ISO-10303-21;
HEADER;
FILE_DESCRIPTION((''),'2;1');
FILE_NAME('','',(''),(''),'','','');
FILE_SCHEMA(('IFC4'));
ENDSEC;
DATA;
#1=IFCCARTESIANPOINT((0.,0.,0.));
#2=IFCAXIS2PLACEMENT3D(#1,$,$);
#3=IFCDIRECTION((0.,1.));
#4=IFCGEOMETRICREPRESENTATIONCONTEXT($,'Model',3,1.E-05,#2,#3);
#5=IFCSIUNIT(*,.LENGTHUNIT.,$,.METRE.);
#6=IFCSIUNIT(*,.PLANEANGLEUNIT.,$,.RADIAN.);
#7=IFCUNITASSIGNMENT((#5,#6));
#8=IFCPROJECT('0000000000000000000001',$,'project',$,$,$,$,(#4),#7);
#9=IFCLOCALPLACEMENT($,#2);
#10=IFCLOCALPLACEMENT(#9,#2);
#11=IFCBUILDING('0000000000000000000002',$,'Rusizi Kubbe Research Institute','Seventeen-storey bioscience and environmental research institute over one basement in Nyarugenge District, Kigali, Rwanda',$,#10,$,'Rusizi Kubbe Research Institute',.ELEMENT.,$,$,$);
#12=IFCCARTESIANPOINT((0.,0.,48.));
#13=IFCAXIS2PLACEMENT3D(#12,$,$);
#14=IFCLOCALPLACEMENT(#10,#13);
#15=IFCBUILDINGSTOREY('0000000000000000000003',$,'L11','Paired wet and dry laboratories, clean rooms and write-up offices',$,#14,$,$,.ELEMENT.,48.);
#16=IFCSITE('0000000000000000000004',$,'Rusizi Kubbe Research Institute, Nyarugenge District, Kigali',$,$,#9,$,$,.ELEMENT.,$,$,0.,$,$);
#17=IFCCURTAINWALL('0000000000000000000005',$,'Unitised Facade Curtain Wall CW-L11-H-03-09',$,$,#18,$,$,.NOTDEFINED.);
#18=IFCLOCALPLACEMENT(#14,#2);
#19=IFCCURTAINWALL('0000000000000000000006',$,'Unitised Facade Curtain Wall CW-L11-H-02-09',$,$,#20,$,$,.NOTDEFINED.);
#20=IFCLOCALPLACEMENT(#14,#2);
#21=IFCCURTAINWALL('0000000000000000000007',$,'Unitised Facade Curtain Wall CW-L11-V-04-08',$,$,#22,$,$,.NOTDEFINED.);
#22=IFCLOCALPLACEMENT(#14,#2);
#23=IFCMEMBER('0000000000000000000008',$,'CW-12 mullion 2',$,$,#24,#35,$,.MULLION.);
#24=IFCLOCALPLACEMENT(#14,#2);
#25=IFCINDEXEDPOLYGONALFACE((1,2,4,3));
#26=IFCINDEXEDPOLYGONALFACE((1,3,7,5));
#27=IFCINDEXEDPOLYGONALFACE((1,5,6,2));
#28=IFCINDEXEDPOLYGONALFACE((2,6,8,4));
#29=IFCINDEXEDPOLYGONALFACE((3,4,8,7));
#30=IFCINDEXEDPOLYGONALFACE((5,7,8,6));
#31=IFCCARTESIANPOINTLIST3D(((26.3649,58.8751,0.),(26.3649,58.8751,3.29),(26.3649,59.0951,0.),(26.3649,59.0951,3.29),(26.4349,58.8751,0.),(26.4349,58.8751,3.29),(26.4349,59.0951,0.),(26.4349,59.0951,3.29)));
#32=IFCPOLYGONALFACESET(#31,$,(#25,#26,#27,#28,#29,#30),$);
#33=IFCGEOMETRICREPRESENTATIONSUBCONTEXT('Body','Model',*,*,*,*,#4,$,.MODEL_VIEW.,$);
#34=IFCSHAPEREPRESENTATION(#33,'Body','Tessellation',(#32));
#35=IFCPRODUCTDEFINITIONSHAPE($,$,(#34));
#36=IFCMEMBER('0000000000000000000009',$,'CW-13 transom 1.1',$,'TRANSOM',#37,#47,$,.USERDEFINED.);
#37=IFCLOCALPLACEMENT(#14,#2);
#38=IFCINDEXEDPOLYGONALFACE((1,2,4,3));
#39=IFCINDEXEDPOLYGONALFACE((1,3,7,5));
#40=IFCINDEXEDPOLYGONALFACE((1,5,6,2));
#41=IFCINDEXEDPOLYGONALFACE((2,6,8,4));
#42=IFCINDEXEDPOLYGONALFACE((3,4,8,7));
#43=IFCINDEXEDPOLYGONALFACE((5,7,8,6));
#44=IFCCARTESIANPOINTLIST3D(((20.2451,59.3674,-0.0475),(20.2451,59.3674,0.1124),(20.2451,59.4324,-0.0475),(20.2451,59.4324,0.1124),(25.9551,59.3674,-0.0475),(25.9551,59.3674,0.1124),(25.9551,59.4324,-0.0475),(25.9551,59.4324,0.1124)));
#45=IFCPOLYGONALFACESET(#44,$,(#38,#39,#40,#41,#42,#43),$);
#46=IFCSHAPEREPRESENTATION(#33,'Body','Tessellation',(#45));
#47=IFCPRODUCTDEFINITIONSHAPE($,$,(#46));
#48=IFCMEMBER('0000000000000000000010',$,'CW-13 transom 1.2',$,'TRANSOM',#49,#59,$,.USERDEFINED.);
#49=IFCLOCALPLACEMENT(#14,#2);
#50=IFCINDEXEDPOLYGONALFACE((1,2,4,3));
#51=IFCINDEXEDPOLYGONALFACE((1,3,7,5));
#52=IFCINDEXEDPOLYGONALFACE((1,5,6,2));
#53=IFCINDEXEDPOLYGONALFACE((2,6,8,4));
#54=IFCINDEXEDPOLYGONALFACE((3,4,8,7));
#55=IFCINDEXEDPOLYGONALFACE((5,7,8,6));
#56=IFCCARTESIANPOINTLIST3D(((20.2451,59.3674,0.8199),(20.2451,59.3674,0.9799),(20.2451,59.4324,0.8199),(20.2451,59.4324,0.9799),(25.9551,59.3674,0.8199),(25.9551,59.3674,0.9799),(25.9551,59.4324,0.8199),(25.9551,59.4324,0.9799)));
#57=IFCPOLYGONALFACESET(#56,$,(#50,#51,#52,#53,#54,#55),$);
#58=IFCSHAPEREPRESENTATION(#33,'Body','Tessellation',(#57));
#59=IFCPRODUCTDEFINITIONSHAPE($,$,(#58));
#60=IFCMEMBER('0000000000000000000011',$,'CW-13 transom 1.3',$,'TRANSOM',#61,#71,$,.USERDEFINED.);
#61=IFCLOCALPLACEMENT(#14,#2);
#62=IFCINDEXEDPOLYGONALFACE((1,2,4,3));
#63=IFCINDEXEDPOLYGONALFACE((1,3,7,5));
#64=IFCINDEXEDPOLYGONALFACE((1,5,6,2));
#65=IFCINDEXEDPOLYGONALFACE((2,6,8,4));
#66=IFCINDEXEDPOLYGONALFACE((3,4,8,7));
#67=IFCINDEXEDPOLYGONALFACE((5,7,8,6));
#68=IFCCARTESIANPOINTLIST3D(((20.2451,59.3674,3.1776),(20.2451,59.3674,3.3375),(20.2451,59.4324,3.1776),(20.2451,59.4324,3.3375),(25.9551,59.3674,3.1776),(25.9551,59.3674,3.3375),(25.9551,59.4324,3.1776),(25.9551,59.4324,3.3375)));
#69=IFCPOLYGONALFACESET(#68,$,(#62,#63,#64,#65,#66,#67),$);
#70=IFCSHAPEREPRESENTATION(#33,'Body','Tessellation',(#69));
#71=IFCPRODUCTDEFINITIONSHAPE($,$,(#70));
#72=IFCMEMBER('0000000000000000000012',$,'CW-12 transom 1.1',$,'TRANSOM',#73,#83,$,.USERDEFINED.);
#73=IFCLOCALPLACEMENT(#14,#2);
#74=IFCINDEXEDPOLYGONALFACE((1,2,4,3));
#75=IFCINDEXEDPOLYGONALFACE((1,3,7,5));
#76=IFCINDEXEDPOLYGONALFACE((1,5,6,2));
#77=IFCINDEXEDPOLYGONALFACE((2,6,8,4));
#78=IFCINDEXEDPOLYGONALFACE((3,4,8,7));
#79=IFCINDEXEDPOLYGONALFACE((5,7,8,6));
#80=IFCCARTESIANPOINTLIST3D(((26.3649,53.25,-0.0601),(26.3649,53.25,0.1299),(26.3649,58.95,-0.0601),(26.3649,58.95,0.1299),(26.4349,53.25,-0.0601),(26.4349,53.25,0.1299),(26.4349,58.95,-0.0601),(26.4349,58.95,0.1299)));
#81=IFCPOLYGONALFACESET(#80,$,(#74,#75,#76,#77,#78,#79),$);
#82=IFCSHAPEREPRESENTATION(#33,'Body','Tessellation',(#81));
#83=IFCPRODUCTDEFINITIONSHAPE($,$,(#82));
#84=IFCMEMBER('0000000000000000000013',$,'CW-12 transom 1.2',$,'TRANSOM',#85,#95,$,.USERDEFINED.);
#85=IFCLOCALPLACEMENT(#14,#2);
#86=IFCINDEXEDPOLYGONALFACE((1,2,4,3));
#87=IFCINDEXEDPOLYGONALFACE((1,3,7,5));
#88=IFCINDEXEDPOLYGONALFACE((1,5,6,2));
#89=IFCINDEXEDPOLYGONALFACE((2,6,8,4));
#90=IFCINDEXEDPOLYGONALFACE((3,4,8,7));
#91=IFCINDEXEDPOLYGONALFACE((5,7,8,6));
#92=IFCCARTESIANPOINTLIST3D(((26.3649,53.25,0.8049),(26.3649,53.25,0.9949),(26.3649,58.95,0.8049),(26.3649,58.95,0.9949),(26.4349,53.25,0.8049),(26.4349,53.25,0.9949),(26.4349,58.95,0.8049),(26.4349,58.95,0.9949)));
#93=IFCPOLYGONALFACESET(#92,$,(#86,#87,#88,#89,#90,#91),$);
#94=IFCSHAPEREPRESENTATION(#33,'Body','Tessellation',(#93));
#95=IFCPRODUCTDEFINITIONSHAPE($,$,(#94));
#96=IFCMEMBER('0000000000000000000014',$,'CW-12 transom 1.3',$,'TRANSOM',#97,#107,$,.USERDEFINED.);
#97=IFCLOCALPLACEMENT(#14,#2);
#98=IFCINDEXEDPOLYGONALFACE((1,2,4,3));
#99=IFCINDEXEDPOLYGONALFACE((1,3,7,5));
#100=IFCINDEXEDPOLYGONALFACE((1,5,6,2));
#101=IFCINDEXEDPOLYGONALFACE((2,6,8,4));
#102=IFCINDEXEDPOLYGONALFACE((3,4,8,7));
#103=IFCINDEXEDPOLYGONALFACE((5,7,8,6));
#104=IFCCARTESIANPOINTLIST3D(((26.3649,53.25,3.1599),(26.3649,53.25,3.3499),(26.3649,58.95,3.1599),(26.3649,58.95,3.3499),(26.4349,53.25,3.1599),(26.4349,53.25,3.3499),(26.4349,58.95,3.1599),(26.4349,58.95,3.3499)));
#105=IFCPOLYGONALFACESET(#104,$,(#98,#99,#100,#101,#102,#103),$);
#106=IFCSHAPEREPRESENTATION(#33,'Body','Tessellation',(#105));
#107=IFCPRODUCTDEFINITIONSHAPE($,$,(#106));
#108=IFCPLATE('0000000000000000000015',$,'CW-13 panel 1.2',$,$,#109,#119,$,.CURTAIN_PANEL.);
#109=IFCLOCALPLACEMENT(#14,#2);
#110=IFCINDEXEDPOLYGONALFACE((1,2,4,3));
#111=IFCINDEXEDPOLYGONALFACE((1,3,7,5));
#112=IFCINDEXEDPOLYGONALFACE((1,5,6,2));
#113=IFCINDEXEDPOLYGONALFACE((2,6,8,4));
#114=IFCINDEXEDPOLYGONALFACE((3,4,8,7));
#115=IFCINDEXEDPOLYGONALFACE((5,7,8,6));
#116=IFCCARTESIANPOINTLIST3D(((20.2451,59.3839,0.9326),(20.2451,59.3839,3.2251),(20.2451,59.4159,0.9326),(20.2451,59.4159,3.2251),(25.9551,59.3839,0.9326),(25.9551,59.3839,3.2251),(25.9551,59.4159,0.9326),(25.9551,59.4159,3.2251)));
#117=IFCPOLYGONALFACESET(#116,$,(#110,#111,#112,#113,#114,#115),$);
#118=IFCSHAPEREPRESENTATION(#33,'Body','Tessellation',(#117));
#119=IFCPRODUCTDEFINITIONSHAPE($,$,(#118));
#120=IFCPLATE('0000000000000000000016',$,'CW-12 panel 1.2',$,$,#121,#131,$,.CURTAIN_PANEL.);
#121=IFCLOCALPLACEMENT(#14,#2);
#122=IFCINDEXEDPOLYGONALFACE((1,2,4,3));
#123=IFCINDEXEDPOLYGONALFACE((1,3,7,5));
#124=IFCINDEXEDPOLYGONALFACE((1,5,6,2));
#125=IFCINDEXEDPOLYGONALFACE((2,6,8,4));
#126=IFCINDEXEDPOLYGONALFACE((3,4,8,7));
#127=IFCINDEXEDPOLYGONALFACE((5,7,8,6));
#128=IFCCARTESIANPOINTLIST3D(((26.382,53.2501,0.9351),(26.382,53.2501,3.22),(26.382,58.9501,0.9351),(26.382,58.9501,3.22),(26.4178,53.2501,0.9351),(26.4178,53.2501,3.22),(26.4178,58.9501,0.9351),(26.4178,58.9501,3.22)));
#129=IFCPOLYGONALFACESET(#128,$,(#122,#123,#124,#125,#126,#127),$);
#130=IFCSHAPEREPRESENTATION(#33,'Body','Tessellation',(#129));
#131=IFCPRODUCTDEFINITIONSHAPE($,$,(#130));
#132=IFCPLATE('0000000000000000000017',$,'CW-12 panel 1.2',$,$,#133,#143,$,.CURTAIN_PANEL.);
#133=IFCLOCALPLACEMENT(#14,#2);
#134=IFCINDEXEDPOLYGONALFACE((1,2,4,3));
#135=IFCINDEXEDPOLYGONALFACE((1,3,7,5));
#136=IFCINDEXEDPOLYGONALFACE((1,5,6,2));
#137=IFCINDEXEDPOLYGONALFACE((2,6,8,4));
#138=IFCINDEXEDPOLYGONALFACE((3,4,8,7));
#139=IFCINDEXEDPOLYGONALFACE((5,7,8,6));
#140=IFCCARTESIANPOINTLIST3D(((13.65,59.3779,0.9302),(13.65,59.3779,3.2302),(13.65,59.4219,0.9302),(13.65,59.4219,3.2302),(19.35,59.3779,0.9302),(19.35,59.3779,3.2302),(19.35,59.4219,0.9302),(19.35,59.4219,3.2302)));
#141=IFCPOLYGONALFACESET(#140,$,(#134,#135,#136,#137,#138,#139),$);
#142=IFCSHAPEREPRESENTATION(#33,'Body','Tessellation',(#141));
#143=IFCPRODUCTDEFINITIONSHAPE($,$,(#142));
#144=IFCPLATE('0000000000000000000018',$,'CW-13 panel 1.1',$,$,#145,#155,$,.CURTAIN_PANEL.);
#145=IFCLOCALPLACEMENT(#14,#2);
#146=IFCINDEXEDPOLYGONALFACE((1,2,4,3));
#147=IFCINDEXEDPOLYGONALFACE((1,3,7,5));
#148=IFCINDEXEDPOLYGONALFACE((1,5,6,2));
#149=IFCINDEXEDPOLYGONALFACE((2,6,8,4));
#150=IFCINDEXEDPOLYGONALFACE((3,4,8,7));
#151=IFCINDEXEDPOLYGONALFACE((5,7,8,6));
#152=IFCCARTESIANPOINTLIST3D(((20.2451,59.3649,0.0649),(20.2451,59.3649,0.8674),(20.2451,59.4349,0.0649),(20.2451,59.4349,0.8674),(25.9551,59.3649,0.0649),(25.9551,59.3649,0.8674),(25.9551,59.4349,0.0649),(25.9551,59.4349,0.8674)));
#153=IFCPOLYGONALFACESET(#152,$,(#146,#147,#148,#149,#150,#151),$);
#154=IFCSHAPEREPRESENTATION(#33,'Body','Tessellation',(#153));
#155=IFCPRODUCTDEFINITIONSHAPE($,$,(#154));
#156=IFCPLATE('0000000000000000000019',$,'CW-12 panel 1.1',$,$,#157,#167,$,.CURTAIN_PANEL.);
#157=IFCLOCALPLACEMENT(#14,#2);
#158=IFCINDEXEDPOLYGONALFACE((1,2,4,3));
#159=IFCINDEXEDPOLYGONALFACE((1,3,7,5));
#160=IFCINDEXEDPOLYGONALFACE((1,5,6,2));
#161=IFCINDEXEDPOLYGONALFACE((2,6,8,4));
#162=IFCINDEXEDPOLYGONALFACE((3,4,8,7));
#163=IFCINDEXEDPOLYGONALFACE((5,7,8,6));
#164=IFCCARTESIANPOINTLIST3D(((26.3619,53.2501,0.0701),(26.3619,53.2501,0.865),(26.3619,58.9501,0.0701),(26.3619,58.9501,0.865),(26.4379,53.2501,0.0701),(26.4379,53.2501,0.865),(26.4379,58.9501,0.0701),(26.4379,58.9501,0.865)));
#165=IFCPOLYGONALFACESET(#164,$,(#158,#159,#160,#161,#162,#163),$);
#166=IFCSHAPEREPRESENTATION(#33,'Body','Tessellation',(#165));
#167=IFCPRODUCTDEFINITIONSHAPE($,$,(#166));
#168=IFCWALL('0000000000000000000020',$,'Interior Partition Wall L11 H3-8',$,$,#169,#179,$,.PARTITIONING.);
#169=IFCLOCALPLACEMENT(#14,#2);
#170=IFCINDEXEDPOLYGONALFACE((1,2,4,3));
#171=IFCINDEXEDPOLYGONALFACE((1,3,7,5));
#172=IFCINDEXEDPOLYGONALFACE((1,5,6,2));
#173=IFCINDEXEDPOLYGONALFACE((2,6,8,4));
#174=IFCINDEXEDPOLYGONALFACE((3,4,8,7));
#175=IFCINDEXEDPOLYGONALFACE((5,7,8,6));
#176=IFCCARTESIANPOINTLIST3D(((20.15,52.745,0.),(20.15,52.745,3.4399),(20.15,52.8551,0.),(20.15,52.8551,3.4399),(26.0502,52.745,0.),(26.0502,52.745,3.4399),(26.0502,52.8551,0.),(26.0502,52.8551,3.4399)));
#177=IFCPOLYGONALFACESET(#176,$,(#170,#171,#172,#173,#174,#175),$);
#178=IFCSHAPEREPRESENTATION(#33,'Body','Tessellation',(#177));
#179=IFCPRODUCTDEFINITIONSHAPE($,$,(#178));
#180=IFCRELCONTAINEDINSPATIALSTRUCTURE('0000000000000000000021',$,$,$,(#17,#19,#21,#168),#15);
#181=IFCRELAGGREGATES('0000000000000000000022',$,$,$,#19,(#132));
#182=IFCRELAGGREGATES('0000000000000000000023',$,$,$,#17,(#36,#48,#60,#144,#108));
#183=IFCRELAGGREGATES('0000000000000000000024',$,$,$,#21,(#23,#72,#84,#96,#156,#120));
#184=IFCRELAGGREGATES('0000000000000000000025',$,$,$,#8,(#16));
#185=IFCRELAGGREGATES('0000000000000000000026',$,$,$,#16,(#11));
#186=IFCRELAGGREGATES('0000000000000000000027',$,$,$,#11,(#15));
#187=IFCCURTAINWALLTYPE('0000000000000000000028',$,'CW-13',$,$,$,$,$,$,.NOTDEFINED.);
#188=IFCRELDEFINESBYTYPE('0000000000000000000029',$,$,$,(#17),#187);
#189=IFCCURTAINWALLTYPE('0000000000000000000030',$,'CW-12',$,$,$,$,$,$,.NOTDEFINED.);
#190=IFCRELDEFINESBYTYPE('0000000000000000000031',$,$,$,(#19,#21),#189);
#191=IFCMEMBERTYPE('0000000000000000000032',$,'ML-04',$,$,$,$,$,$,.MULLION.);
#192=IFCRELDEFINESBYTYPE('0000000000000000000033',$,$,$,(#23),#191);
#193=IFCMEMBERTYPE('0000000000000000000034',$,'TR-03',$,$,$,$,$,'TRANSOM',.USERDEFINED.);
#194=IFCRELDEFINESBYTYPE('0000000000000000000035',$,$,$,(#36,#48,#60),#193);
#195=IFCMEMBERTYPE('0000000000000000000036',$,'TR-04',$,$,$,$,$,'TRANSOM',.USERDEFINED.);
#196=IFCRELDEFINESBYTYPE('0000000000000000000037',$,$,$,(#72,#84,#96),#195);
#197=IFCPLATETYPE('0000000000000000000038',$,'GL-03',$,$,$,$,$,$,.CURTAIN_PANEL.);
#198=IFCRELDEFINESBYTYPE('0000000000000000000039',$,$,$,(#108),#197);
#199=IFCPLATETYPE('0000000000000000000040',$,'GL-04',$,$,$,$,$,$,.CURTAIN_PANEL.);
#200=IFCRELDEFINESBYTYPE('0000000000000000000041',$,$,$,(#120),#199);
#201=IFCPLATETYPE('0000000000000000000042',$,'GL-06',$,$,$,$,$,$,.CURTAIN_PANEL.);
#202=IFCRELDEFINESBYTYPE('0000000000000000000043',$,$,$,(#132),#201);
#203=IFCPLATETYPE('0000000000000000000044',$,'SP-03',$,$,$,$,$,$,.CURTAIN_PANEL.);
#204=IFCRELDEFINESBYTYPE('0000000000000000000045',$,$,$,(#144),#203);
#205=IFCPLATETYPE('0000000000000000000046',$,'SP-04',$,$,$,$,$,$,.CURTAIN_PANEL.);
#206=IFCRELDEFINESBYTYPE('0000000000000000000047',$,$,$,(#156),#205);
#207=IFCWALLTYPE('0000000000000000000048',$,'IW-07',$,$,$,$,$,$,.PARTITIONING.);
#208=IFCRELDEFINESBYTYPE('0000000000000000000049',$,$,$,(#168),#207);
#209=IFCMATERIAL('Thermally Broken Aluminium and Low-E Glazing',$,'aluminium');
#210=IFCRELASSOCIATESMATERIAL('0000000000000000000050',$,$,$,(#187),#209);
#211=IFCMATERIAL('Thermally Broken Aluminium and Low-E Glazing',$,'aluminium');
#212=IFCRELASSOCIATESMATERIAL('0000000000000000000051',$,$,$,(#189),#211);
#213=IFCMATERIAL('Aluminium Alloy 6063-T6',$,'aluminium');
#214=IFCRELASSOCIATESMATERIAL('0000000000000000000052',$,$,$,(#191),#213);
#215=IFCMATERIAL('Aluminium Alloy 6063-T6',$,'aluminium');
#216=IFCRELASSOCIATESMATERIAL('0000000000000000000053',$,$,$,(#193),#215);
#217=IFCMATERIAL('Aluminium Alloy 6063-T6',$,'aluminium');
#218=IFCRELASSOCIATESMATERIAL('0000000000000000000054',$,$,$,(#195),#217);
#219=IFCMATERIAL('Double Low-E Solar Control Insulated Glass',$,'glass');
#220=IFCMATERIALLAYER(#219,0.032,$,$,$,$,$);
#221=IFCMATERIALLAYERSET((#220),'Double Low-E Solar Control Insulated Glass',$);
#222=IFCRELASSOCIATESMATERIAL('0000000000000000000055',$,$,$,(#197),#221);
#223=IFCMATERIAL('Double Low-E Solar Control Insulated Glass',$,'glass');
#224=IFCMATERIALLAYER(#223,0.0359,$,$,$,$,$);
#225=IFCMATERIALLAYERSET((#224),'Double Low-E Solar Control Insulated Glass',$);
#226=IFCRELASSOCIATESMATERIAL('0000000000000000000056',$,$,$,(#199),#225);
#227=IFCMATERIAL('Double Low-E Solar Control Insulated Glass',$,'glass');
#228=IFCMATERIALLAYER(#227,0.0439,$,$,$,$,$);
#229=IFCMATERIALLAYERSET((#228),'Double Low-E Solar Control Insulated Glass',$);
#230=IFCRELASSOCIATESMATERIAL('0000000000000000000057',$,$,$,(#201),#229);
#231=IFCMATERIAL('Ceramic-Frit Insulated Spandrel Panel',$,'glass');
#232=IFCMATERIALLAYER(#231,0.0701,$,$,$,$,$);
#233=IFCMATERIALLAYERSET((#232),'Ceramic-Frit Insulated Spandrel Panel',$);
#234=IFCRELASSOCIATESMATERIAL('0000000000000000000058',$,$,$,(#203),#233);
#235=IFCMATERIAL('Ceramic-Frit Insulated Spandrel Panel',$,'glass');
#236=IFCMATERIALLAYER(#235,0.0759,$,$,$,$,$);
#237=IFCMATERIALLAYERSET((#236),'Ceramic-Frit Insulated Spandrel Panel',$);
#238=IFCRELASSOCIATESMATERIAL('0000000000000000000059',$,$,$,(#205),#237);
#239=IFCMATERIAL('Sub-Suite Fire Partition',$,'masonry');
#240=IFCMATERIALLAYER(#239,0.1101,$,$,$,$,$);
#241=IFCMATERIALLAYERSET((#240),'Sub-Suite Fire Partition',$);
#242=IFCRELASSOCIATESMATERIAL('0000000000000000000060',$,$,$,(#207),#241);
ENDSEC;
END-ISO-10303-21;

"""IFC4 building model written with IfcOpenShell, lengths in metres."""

from ifc_helpers import new_model, si_unit, direction, frame, frame_2d, origin, origin_2d, place, context, subcontext, project, spatial, rectangle, extrude, material, layer, layer_set, material_profile, profile_set, type_object, element, aggregate, save


model = new_model("IFC4")

# Units and contexts
model_context = context("Model", 3, precision=1e-05, world=origin(), true_north=direction((0.0, 1.0)))
body_context = subcontext(model_context, "Body", "Model", "MODEL_VIEW")
ifc_project = project(units=[si_unit("LENGTHUNIT", "METRE"), si_unit("PLANEANGLEUNIT", "RADIAN")], contexts=[model_context])

# Site, building, storey
site_placement = place(None, origin())
site = spatial("IfcSite", under=ifc_project, at=site_placement, Name="Rusizi Kubbe Research Institute, Nyarugenge District, Kigali", CompositionType="ELEMENT", RefElevation=0.0)
building_placement = place(site_placement, origin())
building = spatial("IfcBuilding", under=site, at=building_placement, Name="Rusizi Kubbe Research Institute", Description="Seventeen-storey bioscience and environmental research institute over one basement in Nyarugenge District, Kigali, Rwanda", LongName="Rusizi Kubbe Research Institute", CompositionType="ELEMENT")
storey_placement = place(building_placement, frame((0.0, 0.0, 48.0)))
storey = spatial("IfcBuildingStorey", under=building, at=storey_placement, Name="L11", Description="Paired wet and dry laboratories, clean rooms and write-up offices", CompositionType="ELEMENT", Elevation=48.0)

# Curtain wall
ifc_material_1 = material(Name="Thermally Broken Aluminium and Low-E Glazing", Category="aluminium")
curtain_wall_type_1 = type_object("IfcCurtainWallType", Name="CW-13", PredefinedType="NOTDEFINED", material=ifc_material_1)
curtain_wall_1_placement = place(storey_placement, origin())
curtain_wall_1 = element("IfcCurtainWall", 1, at=curtain_wall_1_placement, inside=storey, type_object=curtain_wall_type_1, Name="Unitised Facade Curtain Wall CW-L11-H-03-09", PredefinedType="NOTDEFINED")

# Curtain wall
ifc_material_2 = material(Name="Thermally Broken Aluminium and Low-E Glazing", Category="aluminium")
curtain_wall_type_2 = type_object("IfcCurtainWallType", Name="CW-12", PredefinedType="NOTDEFINED", material=ifc_material_2)
curtain_wall_2_placement = place(storey_placement, origin())
curtain_wall_2 = element("IfcCurtainWall", 2, at=curtain_wall_2_placement, inside=storey, type_object=curtain_wall_type_2, Name="Unitised Facade Curtain Wall CW-L11-H-02-09", PredefinedType="NOTDEFINED")
ifc_material_3 = material(Name="Aluminium Alloy 6063-T6", Category="aluminium")
ifc_material_profile_1 = material_profile(ifc_material_3, rectangle(XDim=0.0701, YDim=0.22, at=origin_2d()), Name="ALU-M 70x220")
ifc_profile_set_1 = profile_set([ifc_material_profile_1], Name="Aluminium Alloy 6063-T6")
member_type_1 = type_object("IfcMemberType", Name="ML-04", PredefinedType="MULLION", material=ifc_profile_set_1)

# Curtain wall, member
curtain_wall_3_placement = place(storey_placement, origin())
curtain_wall_3 = element("IfcCurtainWall", 3, at=curtain_wall_3_placement, inside=storey, type_object=curtain_wall_type_2, Name="Unitised Facade Curtain Wall CW-L11-V-04-08", PredefinedType="NOTDEFINED")
member_1_placement = place(storey_placement, frame((26.3999, 58.9851, 0.0), z_axis=(0.0, 0.0, 1.0), x_axis=(-1.0, 0.0, 0.0)))
member_1 = element("IfcMember", 4, at=member_1_placement, type_object=member_type_1, Name="CW-12 mullion 2", PredefinedType="MULLION", context=body_context, shape_type="SweptSolid", body=[
    extrude(rectangle(XDim=0.0701, YDim=0.22, at=origin_2d()), origin(), (0.0, 0.0, 1.0), 3.29),
])

# Members
ifc_material_4 = material(Name="Aluminium Alloy 6063-T6", Category="aluminium")
ifc_material_profile_2 = material_profile(ifc_material_4, rectangle(XDim=0.0649, YDim=0.1599, at=origin_2d()), Name="ALU-T 65x160")
ifc_profile_set_2 = profile_set([ifc_material_profile_2], Name="Aluminium Alloy 6063-T6")
member_type_2 = type_object("IfcMemberType", Name="TR-03", ElementType="TRANSOM", PredefinedType="USERDEFINED", material=ifc_profile_set_2)
member_2_placement = place(storey_placement, frame((20.2451, 59.3999, 0.0325), z_axis=(1.0, 0.0, 0.0), x_axis=(0.0, 1.0, 0.0)))
member_2 = element("IfcMember", 5, at=member_2_placement, type_object=member_type_2, Name="CW-13 transom 1.1", ObjectType="TRANSOM", PredefinedType="USERDEFINED", context=body_context, shape_type="SweptSolid", body=[
    extrude(rectangle(XDim=0.0649, YDim=0.1599, at=origin_2d()), origin(), (0.0, 0.0, 1.0), 5.71),
])
member_3_placement = place(storey_placement, frame((20.2451, 59.3999, 0.8999), z_axis=(1.0, 0.0, 0.0), x_axis=(0.0, 1.0, 0.0)))
member_3 = element("IfcMember", 6, at=member_3_placement, type_object=member_type_2, Name="CW-13 transom 1.2", ObjectType="TRANSOM", PredefinedType="USERDEFINED", context=body_context, shape_type="SweptSolid", body=[
    extrude(rectangle(XDim=0.0649, YDim=0.1599, at=origin_2d()), origin(), (0.0, 0.0, 1.0), 5.71),
])
member_4_placement = place(storey_placement, frame((20.2451, 59.3999, 3.2576), z_axis=(1.0, 0.0, 0.0), x_axis=(0.0, 1.0, 0.0)))
member_4 = element("IfcMember", 7, at=member_4_placement, type_object=member_type_2, Name="CW-13 transom 1.3", ObjectType="TRANSOM", PredefinedType="USERDEFINED", context=body_context, shape_type="SweptSolid", body=[
    extrude(rectangle(XDim=0.0649, YDim=0.1599, at=origin_2d()), origin(), (0.0, 0.0, 1.0), 5.71),
])
ifc_material_5 = material(Name="Aluminium Alloy 6063-T6", Category="aluminium")
ifc_material_profile_3 = material_profile(ifc_material_5, rectangle(XDim=0.0701, YDim=0.1899, at=origin_2d()), Name="ALU-T 70x190")
ifc_profile_set_3 = profile_set([ifc_material_profile_3], Name="Aluminium Alloy 6063-T6")
member_type_3 = type_object("IfcMemberType", Name="TR-04", ElementType="TRANSOM", PredefinedType="USERDEFINED", material=ifc_profile_set_3)
member_5_placement = place(storey_placement, frame((26.3999, 53.25, 0.0349), z_axis=(0.0, 1.0, 0.0), x_axis=(-1.0, 0.0, 0.0)))
member_5 = element("IfcMember", 8, at=member_5_placement, type_object=member_type_3, Name="CW-12 transom 1.1", ObjectType="TRANSOM", PredefinedType="USERDEFINED", context=body_context, shape_type="SweptSolid", body=[
    extrude(rectangle(XDim=0.0701, YDim=0.1899, at=origin_2d()), origin(), (0.0, 0.0, 1.0), 5.7),
])
member_6_placement = place(storey_placement, frame((26.3999, 53.25, 0.8999), z_axis=(0.0, 1.0, 0.0), x_axis=(-1.0, 0.0, 0.0)))
member_6 = element("IfcMember", 9, at=member_6_placement, type_object=member_type_3, Name="CW-12 transom 1.2", ObjectType="TRANSOM", PredefinedType="USERDEFINED", context=body_context, shape_type="SweptSolid", body=[
    extrude(rectangle(XDim=0.0701, YDim=0.1899, at=origin_2d()), origin(), (0.0, 0.0, 1.0), 5.7),
])
member_7_placement = place(storey_placement, frame((26.3999, 53.25, 3.2549), z_axis=(0.0, 1.0, 0.0), x_axis=(-1.0, 0.0, 0.0)))
member_7 = element("IfcMember", 10, at=member_7_placement, type_object=member_type_3, Name="CW-12 transom 1.3", ObjectType="TRANSOM", PredefinedType="USERDEFINED", context=body_context, shape_type="SweptSolid", body=[
    extrude(rectangle(XDim=0.0701, YDim=0.1899, at=origin_2d()), origin(), (0.0, 0.0, 1.0), 5.7),
])

# Plates
ifc_material_6 = material(Name="Double Low-E Solar Control Insulated Glass", Category="glass")
ifc_layer_1 = layer(ifc_material_6, 0.032)
ifc_layer_set_1 = layer_set([ifc_layer_1], Name="Double Low-E Solar Control Insulated Glass")
plate_type_1 = type_object("IfcPlateType", Name="GL-03", PredefinedType="CURTAIN_PANEL", material=ifc_layer_set_1)
plate_1_placement = place(storey_placement, frame((23.1001, 59.3999, 0.9326), z_axis=(0.0, 0.0, 1.0), x_axis=(1.0, 0.0, 0.0)))
plate_1 = element("IfcPlate", 11, at=plate_1_placement, type_object=plate_type_1, Name="CW-13 panel 1.2", PredefinedType="CURTAIN_PANEL", context=body_context, shape_type="SweptSolid", body=[
    extrude(rectangle(XDim=5.71, YDim=0.032, at=origin_2d()), origin(), (0.0, 0.0, 1.0), 2.2925),
])
ifc_material_7 = material(Name="Double Low-E Solar Control Insulated Glass", Category="glass")
ifc_layer_2 = layer(ifc_material_7, 0.0359)
ifc_layer_set_2 = layer_set([ifc_layer_2], Name="Double Low-E Solar Control Insulated Glass")
plate_type_2 = type_object("IfcPlateType", Name="GL-04", PredefinedType="CURTAIN_PANEL", material=ifc_layer_set_2)
plate_2_placement = place(storey_placement, frame((26.3999, 56.1001, 0.9351), z_axis=(0.0, 0.0, 1.0), x_axis=(0.0, 1.0, 0.0)))
plate_2 = element("IfcPlate", 12, at=plate_2_placement, type_object=plate_type_2, Name="CW-12 panel 1.2", PredefinedType="CURTAIN_PANEL", context=body_context, shape_type="SweptSolid", body=[
    extrude(rectangle(XDim=5.7, YDim=0.0359, at=origin_2d()), origin(), (0.0, 0.0, 1.0), 2.2849),
])
ifc_material_8 = material(Name="Double Low-E Solar Control Insulated Glass", Category="glass")
ifc_layer_3 = layer(ifc_material_8, 0.0439)
ifc_layer_set_3 = layer_set([ifc_layer_3], Name="Double Low-E Solar Control Insulated Glass")
plate_type_3 = type_object("IfcPlateType", Name="GL-06", PredefinedType="CURTAIN_PANEL", material=ifc_layer_set_3)
plate_3_placement = place(storey_placement, frame((16.5, 59.3999, 0.9302), z_axis=(0.0, 0.0, 1.0), x_axis=(1.0, 0.0, 0.0)))
plate_3 = element("IfcPlate", 13, at=plate_3_placement, type_object=plate_type_3, Name="CW-12 panel 1.2", PredefinedType="CURTAIN_PANEL", context=body_context, shape_type="SweptSolid", body=[
    extrude(rectangle(XDim=5.7, YDim=0.0439, at=origin_2d()), origin(), (0.0, 0.0, 1.0), 2.3),
])
aggregate(curtain_wall_2, [plate_3])
ifc_material_9 = material(Name="Ceramic-Frit Insulated Spandrel Panel", Category="glass")
ifc_layer_4 = layer(ifc_material_9, 0.0701)
ifc_layer_set_4 = layer_set([ifc_layer_4], Name="Ceramic-Frit Insulated Spandrel Panel")
plate_type_4 = type_object("IfcPlateType", Name="SP-03", PredefinedType="CURTAIN_PANEL", material=ifc_layer_set_4)
plate_4_placement = place(storey_placement, frame((23.1001, 59.3999, 0.0649), z_axis=(0.0, 0.0, 1.0), x_axis=(1.0, 0.0, 0.0)))
plate_4 = element("IfcPlate", 14, at=plate_4_placement, type_object=plate_type_4, Name="CW-13 panel 1.1", PredefinedType="CURTAIN_PANEL", context=body_context, shape_type="SweptSolid", body=[
    extrude(rectangle(XDim=5.71, YDim=0.0701, at=origin_2d()), origin(), (0.0, 0.0, 1.0), 0.8025),
])
aggregate(curtain_wall_1, [member_2, member_3, member_4, plate_4, plate_1])
ifc_material_10 = material(Name="Ceramic-Frit Insulated Spandrel Panel", Category="glass")
ifc_layer_5 = layer(ifc_material_10, 0.0759)
ifc_layer_set_5 = layer_set([ifc_layer_5], Name="Ceramic-Frit Insulated Spandrel Panel")
plate_type_5 = type_object("IfcPlateType", Name="SP-04", PredefinedType="CURTAIN_PANEL", material=ifc_layer_set_5)
plate_5_placement = place(storey_placement, frame((26.3999, 56.1001, 0.0701), z_axis=(0.0, 0.0, 1.0), x_axis=(0.0, 1.0, 0.0)))
plate_5 = element("IfcPlate", 15, at=plate_5_placement, type_object=plate_type_5, Name="CW-12 panel 1.1", PredefinedType="CURTAIN_PANEL", context=body_context, shape_type="SweptSolid", body=[
    extrude(rectangle(XDim=5.7, YDim=0.0759, at=origin_2d()), origin(), (0.0, 0.0, 1.0), 0.7949),
])
aggregate(curtain_wall_3, [member_1, member_5, member_6, member_7, plate_5, plate_2])

# Wall
ifc_material_11 = material(Name="Sub-Suite Fire Partition", Category="masonry")
ifc_layer_6 = layer(ifc_material_11, 0.1101)
ifc_layer_set_6 = layer_set([ifc_layer_6], Name="Sub-Suite Fire Partition")
wall_type = type_object("IfcWallType", Name="IW-07", PredefinedType="PARTITIONING", material=ifc_layer_set_6)
wall_placement = place(storey_placement, frame((20.1499, 52.8, 0.0), z_axis=(0.0, 0.0, 1.0), x_axis=(1.0, 0.0, 0.0)))
element("IfcWall", 16, at=wall_placement, inside=storey, type_object=wall_type, Name="Interior Partition Wall L11 H3-8", PredefinedType="PARTITIONING", context=body_context, shape_type="SweptSolid", body=[
    extrude(rectangle(XDim=5.9001, YDim=0.1101, at=frame_2d((2.9502, 0.0))), origin(), (0.0, 0.0, 1.0), 3.4399),
])

save(model, "model.ifc")
